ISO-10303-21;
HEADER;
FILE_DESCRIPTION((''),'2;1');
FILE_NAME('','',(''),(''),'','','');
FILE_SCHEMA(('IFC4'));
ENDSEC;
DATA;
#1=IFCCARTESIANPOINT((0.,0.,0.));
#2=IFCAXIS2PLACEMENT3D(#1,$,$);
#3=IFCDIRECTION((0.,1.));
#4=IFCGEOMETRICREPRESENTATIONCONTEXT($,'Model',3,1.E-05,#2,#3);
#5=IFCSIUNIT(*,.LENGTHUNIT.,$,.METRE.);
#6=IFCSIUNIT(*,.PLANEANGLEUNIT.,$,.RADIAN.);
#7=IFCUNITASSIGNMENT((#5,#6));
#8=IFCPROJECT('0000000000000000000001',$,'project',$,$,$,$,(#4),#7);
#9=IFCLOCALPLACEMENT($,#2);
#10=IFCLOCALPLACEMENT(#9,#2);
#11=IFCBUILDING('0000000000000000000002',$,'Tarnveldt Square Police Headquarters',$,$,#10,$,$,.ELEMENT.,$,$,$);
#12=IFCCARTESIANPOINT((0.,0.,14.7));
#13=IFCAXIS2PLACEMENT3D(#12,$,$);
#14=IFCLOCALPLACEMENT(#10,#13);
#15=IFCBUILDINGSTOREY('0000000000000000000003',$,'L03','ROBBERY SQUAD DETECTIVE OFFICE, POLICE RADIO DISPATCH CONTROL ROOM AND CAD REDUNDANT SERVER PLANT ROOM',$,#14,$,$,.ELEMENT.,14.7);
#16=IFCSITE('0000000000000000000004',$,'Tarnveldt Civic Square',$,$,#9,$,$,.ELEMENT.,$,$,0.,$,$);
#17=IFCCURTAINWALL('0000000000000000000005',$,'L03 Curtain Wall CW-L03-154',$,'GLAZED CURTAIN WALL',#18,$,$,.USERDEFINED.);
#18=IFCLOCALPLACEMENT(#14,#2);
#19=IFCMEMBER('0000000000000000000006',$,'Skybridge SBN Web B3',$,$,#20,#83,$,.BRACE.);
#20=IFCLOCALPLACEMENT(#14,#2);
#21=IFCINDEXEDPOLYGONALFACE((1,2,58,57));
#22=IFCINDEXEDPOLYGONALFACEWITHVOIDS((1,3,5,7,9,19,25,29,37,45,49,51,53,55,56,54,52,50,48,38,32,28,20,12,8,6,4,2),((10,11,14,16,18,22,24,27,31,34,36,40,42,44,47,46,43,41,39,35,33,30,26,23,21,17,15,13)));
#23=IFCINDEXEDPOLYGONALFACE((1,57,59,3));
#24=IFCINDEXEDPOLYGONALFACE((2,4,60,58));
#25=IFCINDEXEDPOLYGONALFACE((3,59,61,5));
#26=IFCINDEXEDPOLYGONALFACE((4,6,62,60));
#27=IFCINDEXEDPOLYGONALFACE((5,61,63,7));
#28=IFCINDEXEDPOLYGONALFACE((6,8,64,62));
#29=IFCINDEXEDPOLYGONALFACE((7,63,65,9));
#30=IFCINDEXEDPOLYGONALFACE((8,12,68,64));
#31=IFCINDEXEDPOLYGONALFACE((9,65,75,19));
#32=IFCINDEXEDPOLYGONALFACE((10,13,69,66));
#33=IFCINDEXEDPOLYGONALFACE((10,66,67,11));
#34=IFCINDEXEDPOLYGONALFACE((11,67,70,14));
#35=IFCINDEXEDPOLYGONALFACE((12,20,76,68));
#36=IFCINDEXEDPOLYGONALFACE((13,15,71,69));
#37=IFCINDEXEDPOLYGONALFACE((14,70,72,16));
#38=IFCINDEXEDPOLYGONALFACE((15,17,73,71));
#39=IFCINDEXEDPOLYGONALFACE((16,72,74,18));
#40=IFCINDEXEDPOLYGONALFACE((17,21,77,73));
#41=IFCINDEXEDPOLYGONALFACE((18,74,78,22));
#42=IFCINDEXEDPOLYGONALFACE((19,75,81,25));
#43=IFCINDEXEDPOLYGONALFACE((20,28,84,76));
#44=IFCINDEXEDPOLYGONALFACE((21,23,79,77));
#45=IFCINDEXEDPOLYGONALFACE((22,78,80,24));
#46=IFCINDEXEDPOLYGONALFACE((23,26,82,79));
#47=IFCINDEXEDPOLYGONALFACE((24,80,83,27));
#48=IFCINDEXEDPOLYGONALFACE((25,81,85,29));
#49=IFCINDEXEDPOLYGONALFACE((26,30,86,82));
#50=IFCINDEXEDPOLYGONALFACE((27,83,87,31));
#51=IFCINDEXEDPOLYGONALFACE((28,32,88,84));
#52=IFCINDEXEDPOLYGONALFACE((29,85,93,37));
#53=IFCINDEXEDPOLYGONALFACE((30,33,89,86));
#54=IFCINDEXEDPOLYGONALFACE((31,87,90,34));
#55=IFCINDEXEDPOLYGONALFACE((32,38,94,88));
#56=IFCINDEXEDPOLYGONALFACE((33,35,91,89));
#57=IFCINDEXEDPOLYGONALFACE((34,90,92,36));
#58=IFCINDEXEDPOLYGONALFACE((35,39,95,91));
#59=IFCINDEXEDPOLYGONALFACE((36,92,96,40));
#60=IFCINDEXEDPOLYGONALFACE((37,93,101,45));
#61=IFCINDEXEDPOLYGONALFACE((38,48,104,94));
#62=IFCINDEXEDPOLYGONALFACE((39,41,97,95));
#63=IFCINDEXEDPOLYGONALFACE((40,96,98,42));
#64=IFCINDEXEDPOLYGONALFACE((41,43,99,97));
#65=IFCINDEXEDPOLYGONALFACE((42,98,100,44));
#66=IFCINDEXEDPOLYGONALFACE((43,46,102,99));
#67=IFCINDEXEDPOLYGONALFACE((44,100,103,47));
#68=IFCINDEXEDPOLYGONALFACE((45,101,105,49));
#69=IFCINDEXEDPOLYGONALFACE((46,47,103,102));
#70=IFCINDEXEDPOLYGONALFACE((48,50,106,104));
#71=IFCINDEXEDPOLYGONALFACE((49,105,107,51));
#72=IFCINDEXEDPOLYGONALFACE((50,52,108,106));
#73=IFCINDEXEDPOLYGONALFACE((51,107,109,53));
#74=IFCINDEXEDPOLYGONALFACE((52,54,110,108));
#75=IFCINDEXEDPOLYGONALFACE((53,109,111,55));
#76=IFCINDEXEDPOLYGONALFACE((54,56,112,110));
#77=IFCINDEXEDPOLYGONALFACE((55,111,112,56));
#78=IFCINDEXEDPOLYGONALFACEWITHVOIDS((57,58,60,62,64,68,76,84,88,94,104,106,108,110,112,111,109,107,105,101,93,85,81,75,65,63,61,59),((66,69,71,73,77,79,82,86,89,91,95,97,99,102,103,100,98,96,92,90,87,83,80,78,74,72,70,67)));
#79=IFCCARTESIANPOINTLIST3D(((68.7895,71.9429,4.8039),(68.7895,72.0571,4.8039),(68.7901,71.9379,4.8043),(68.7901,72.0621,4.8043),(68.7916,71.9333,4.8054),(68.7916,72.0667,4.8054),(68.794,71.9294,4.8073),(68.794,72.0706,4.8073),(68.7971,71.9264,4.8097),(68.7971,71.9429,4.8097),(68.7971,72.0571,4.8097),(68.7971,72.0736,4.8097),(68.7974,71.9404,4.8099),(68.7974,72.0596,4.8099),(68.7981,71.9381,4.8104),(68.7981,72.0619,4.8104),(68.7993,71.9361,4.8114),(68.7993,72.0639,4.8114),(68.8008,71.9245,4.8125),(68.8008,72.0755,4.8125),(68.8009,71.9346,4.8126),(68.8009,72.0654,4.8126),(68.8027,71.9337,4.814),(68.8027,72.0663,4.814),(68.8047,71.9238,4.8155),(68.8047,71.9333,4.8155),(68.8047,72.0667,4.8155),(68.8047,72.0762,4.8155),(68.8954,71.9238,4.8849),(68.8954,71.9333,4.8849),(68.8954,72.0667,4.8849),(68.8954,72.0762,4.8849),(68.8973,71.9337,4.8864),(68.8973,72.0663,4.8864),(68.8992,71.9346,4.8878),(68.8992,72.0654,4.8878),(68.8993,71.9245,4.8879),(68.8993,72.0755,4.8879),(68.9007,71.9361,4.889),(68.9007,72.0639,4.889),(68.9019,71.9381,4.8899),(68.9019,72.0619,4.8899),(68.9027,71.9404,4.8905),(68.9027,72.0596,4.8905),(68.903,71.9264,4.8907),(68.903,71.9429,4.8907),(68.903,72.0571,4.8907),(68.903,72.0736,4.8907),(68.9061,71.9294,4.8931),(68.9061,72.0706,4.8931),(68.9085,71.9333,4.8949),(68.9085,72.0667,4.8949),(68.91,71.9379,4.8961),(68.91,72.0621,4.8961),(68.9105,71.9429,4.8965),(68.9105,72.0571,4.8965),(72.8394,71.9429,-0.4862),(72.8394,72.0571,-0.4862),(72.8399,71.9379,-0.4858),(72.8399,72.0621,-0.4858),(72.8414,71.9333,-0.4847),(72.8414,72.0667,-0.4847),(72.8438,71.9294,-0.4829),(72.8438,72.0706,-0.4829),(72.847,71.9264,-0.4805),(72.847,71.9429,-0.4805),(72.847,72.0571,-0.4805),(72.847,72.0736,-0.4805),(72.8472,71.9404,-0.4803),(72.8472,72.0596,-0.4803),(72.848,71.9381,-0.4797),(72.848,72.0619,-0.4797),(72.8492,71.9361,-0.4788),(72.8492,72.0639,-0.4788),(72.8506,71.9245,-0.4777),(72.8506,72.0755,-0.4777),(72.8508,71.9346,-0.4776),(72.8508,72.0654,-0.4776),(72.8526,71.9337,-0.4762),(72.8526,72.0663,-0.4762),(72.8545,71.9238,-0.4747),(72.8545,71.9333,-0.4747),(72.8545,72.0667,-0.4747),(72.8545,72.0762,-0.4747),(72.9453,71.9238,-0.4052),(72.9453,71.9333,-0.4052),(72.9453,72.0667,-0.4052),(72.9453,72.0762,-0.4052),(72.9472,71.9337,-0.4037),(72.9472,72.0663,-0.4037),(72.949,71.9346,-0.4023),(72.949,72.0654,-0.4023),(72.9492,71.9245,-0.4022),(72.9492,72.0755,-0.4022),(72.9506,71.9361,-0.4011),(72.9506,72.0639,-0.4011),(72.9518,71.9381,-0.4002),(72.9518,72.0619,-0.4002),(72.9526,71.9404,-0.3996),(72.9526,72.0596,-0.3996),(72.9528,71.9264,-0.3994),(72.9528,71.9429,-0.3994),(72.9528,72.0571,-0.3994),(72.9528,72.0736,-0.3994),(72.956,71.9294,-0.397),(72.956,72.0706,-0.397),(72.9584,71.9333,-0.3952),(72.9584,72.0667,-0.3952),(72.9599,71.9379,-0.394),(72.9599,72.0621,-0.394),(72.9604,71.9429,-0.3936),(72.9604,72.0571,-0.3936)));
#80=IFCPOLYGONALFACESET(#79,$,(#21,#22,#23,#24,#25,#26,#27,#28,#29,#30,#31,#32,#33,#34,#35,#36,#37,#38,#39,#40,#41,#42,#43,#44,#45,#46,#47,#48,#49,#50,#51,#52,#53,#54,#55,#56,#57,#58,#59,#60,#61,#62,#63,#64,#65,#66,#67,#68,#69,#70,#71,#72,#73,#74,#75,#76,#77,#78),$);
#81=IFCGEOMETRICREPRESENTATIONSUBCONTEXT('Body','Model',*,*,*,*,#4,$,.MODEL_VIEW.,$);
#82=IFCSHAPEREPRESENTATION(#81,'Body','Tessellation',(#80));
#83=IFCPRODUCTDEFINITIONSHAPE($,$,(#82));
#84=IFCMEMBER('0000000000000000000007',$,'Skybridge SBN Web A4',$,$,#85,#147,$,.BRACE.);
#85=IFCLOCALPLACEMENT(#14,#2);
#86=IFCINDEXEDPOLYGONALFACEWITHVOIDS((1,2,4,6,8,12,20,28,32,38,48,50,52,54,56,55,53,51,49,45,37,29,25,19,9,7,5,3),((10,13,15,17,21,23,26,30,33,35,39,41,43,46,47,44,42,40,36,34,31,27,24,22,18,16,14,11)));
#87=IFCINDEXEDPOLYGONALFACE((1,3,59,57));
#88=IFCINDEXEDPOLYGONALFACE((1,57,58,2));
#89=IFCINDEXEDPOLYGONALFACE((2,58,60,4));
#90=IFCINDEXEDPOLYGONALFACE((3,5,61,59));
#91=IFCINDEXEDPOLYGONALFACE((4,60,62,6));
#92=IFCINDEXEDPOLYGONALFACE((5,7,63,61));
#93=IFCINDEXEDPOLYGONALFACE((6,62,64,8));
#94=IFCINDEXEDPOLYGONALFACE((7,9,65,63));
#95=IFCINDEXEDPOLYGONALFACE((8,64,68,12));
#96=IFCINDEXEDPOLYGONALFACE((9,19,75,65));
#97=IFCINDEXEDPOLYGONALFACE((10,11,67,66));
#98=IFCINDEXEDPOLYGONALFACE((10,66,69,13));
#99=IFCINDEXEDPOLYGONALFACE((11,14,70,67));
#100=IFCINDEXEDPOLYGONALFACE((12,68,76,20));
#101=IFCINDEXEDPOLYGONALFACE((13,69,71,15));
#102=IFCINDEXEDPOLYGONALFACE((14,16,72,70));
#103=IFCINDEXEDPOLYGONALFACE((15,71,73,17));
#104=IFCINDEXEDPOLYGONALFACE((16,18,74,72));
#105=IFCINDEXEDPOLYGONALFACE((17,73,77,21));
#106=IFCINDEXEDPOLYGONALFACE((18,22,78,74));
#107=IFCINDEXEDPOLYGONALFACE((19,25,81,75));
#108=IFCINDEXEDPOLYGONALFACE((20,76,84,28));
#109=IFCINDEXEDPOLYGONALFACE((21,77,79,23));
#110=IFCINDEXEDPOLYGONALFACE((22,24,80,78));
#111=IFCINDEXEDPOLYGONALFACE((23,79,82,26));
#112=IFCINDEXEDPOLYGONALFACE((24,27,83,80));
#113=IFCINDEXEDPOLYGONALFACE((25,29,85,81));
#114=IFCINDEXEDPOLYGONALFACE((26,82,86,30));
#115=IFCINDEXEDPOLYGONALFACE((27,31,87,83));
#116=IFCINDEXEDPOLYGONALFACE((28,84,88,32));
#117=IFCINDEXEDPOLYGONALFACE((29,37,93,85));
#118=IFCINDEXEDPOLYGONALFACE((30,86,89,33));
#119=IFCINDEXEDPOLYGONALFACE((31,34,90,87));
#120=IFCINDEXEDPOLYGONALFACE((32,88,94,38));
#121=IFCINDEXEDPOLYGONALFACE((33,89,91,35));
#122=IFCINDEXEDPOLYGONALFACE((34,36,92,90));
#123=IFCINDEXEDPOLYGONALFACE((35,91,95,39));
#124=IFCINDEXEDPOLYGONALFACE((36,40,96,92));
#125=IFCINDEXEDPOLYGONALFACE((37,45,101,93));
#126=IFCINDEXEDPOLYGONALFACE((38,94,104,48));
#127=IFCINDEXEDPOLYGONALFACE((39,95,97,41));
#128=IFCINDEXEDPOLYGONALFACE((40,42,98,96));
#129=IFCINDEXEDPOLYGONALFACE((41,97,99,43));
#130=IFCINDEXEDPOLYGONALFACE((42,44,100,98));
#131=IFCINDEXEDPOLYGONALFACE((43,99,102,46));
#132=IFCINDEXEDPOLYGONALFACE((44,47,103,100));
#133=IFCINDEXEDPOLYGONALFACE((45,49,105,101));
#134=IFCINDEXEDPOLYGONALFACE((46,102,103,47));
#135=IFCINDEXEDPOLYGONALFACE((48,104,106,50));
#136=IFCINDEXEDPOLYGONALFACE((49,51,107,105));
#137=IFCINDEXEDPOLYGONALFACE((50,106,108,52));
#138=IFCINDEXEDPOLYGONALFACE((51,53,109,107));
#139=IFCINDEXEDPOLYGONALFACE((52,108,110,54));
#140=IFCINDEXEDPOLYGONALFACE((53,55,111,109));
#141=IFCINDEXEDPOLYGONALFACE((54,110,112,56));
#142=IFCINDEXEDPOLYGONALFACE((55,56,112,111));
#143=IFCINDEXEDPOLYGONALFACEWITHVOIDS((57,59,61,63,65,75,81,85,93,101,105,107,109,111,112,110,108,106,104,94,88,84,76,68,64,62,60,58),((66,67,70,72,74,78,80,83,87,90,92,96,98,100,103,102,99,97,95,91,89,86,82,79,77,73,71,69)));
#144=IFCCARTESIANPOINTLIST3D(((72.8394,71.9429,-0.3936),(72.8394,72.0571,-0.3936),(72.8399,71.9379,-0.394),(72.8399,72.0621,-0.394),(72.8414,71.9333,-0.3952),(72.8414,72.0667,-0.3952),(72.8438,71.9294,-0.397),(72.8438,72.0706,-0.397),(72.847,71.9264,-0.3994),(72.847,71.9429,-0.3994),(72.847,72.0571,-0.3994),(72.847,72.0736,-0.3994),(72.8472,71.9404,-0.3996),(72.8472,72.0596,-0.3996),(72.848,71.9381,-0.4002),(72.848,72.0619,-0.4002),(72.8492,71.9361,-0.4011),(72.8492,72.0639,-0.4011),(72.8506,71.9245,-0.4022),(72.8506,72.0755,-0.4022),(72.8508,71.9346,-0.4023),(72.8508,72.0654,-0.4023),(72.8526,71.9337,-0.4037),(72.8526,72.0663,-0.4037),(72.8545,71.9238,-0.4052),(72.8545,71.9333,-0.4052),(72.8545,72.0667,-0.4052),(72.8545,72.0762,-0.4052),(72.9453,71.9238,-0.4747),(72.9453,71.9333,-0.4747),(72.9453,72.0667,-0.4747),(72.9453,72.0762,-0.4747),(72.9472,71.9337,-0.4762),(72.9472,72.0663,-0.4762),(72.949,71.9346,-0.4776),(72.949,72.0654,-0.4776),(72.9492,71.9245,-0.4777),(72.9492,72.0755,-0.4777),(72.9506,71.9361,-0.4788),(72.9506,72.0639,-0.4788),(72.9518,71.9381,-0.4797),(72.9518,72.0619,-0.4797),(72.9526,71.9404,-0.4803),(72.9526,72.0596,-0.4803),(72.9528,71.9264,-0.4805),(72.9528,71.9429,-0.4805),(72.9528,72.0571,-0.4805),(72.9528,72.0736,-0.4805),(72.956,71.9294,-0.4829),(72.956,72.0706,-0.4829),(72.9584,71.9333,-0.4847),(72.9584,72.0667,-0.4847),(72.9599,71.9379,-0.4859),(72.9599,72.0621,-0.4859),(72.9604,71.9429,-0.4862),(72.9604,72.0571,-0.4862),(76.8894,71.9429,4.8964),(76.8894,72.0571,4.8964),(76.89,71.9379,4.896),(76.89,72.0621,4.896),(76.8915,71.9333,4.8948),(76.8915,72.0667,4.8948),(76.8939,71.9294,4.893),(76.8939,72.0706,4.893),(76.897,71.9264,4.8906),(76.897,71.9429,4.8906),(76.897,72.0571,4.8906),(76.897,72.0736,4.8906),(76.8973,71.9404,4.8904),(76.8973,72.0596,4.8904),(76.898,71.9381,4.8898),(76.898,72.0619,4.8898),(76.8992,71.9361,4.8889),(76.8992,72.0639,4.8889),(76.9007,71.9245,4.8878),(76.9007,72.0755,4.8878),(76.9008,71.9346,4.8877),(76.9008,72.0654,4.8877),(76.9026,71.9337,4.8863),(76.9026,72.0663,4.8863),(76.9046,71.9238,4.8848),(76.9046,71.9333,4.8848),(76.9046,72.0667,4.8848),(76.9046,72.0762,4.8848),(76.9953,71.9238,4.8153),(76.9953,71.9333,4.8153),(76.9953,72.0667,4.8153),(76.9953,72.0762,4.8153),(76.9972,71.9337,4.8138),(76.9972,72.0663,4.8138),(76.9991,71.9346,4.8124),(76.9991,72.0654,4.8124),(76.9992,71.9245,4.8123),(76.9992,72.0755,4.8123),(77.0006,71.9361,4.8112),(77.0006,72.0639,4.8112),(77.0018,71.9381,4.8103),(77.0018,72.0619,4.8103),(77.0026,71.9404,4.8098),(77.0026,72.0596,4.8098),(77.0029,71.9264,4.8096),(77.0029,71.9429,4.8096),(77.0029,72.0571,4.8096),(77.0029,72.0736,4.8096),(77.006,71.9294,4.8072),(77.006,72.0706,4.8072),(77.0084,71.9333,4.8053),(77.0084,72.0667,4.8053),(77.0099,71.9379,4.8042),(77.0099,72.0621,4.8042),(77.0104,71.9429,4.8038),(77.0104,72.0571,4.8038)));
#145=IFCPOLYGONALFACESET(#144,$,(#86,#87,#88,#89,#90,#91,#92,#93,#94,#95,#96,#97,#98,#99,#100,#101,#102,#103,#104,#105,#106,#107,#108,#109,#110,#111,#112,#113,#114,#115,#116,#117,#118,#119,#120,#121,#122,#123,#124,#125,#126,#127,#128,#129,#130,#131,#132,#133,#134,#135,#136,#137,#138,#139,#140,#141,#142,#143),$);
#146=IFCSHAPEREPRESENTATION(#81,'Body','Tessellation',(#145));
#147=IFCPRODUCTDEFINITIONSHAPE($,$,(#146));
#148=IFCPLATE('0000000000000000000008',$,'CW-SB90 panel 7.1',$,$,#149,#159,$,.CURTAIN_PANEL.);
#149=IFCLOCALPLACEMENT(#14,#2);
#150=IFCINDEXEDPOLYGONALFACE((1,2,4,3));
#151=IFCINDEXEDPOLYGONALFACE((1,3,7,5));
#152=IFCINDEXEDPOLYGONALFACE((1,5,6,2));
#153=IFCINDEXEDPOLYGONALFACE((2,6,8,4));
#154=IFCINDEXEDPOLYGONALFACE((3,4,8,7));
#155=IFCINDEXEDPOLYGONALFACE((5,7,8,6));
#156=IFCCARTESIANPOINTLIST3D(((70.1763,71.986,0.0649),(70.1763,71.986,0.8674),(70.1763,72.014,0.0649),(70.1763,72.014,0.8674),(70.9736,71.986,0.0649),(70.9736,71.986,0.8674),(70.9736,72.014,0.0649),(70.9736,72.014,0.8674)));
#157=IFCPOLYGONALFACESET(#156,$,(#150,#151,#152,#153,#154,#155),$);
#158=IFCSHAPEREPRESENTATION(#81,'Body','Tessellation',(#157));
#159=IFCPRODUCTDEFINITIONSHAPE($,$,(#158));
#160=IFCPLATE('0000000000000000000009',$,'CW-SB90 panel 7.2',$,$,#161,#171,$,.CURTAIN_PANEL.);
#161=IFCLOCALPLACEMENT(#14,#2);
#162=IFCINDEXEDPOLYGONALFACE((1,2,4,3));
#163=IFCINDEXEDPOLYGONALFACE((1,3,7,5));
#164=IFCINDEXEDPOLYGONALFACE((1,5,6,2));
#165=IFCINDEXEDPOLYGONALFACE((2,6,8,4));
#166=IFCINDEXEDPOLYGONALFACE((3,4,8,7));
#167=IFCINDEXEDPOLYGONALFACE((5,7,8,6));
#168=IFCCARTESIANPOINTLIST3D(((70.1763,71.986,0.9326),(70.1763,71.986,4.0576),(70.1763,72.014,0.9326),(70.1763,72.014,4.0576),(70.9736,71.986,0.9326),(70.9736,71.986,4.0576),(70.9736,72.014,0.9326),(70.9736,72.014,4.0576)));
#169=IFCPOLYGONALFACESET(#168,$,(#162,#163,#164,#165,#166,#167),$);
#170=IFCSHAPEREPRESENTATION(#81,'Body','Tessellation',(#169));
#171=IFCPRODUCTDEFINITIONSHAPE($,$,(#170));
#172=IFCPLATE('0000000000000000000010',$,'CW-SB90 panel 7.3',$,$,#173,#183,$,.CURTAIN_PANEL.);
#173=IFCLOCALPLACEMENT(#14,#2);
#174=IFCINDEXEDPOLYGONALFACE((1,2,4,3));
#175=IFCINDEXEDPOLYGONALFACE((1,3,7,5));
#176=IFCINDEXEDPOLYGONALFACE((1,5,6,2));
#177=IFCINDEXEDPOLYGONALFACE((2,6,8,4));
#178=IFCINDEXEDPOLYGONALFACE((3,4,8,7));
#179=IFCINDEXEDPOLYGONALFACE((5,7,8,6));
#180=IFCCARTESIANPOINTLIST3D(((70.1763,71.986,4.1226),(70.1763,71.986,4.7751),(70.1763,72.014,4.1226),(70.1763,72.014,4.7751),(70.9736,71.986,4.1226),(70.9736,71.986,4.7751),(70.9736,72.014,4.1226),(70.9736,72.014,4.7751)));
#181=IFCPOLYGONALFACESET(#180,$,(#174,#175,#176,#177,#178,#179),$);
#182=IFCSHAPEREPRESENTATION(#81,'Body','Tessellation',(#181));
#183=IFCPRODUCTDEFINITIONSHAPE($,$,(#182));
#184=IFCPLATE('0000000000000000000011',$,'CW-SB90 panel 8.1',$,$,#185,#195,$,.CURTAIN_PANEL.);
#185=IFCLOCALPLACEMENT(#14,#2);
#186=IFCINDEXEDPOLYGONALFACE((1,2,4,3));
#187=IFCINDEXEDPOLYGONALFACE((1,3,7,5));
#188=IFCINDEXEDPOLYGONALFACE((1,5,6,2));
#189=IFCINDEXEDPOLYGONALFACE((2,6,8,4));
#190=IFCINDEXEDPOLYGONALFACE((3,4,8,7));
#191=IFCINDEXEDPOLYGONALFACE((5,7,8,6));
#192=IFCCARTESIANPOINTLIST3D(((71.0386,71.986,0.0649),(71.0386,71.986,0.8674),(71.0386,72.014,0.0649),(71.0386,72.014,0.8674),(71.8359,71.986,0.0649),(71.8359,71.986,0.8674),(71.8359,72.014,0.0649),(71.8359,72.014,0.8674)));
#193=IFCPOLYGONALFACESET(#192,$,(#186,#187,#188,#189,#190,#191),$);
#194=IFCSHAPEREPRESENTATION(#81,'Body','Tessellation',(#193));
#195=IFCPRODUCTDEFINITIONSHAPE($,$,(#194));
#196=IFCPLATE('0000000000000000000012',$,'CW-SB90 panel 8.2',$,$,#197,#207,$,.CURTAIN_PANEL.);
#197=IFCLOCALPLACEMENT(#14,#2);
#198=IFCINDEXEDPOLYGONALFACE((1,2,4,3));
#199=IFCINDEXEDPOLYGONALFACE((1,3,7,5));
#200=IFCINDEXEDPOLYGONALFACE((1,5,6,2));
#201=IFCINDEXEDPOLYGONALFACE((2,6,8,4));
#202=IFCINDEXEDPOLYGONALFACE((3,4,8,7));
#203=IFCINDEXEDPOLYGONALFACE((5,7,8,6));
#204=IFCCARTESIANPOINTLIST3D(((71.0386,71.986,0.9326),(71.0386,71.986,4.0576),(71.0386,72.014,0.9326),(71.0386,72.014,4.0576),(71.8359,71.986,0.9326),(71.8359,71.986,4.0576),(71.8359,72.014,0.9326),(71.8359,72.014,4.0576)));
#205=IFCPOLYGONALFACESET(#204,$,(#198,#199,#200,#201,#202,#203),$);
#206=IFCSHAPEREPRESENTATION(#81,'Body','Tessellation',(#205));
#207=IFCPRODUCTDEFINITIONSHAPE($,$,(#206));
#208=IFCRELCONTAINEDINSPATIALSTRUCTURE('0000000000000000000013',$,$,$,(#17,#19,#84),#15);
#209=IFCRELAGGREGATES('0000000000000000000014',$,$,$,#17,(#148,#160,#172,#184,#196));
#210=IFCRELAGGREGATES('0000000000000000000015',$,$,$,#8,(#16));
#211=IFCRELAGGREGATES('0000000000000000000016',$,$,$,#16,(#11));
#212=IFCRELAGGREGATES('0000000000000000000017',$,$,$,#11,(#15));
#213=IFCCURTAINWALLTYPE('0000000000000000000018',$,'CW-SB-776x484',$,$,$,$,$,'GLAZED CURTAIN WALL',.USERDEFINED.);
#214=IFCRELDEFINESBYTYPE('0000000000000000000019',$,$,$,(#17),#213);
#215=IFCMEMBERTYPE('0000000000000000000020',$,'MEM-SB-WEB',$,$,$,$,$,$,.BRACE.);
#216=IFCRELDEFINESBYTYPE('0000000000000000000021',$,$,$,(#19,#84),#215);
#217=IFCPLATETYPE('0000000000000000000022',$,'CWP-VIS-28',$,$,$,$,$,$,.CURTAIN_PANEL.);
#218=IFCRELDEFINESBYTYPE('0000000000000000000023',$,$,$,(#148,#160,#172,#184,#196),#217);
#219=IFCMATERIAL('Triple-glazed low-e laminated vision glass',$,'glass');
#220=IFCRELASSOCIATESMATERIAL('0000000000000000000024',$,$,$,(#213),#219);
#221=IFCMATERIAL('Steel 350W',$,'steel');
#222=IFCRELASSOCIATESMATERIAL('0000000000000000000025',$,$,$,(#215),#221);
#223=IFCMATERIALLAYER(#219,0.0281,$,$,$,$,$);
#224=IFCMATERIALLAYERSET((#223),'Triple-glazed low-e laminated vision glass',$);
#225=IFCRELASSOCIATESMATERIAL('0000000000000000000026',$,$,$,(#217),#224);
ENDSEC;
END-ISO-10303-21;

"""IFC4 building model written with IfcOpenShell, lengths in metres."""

from ifc_helpers import new_model, si_unit, direction, frame, origin, origin_2d, place, context, subcontext, project, spatial, rectangle, hollow_rectangle, extrude, material, layer, layer_set, material_profile, profile_set, type_object, element, aggregate, save


model = new_model("IFC4")

# Units and contexts
model_context = context("Model", 3, precision=1e-05, world=origin(), true_north=direction((0.0, 1.0)))
body_context = subcontext(model_context, "Body", "Model", "MODEL_VIEW")
ifc_project = project(units=[si_unit("LENGTHUNIT", "METRE"), si_unit("PLANEANGLEUNIT", "RADIAN")], contexts=[model_context])

# Site, building, storey
site_placement = place(None, origin())
site = spatial("IfcSite", under=ifc_project, at=site_placement, Name="Tarnveldt Civic Square", CompositionType="ELEMENT", RefElevation=0.0)
building_placement = place(site_placement, origin())
building = spatial("IfcBuilding", under=site, at=building_placement, Name="Tarnveldt Square Police Headquarters", CompositionType="ELEMENT")
storey_placement = place(building_placement, frame((0.0, 0.0, 14.7)))
storey = spatial("IfcBuildingStorey", under=building, at=storey_placement, Name="L03", Description="ROBBERY SQUAD DETECTIVE OFFICE, POLICE RADIO DISPATCH CONTROL ROOM AND CAD REDUNDANT SERVER PLANT ROOM", CompositionType="ELEMENT", Elevation=14.7)

# Shared definitions
ifc_material_1 = material(Name="Steel 350W", Category="steel")

# Curtain wall
ifc_material_2 = material(Name="Triple-glazed low-e laminated vision glass", Category="glass")
curtain_wall_type = type_object("IfcCurtainWallType", Name="CW-SB-776x484", ElementType="GLAZED CURTAIN WALL", PredefinedType="USERDEFINED", material=ifc_material_2)
curtain_wall_1_placement = place(storey_placement, origin())
curtain_wall_1 = element("IfcCurtainWall", 1, at=curtain_wall_1_placement, inside=storey, type_object=curtain_wall_type, Name="L03 Curtain Wall CW-L03-154", ObjectType="GLAZED CURTAIN WALL", PredefinedType="USERDEFINED")

# Members
ifc_material_profile_1 = material_profile(ifc_material_1, hollow_rectangle(XDim=0.1523, YDim=0.1523, WallThickness=0.0095, InnerFilletRadius=0.0095, OuterFilletRadius=0.019, at=origin_2d()), Name="HSS152x152x9.5")
ifc_profile_set_1 = profile_set([ifc_material_profile_1], Name="Steel 350W")
member_type_1 = type_object("IfcMemberType", Name="MEM-SB-WEB", PredefinedType="BRACE", material=ifc_profile_set_1)
for number, where, z_axis, x_axis, name in (
    (2, (72.8999, 72.0, -0.4399), (-0.607874, 0.0, 0.794033), (0.0, -1.0, 0.0), "Skybridge SBN Web B3"),
    (3, (72.8999, 72.0, -0.4399), (0.607898, 0.0, 0.794016), (0.0, 1.0, 0.0), "Skybridge SBN Web A4"),
):
    element("IfcMember", number, at=place(storey_placement, frame(where, z_axis=z_axis, x_axis=x_axis)), inside=storey, type_object=member_type_1, Name=name, PredefinedType="BRACE", context=body_context, shape_type="SweptSolid", body=[
        extrude(hollow_rectangle(XDim=0.1523, YDim=0.1523, WallThickness=0.0095, InnerFilletRadius=0.0095, OuterFilletRadius=0.019, at=origin_2d()), origin(), (0.0, 0.0, 1.0), 6.6624),
    ])

# Plates
ifc_layer = layer(ifc_material_2, 0.0281)
ifc_layer_set = layer_set([ifc_layer], Name="Triple-glazed low-e laminated vision glass")
plate_type = type_object("IfcPlateType", Name="CWP-VIS-28", PredefinedType="CURTAIN_PANEL", material=ifc_layer_set)
plate_1_placement = place(storey_placement, frame((70.575, 72.0, 0.0649), z_axis=(0.0, 0.0, 1.0), x_axis=(1.0, 0.0, 0.0)))
plate_1 = element("IfcPlate", 4, at=plate_1_placement, type_object=plate_type, Name="CW-SB90 panel 7.1", PredefinedType="CURTAIN_PANEL", context=body_context, shape_type="SweptSolid", body=[
    extrude(rectangle(XDim=0.7974, YDim=0.0281, at=origin_2d()), origin(), (0.0, 0.0, 1.0), 0.8025),
])
plate_2_placement = place(storey_placement, frame((70.575, 72.0, 0.9326), z_axis=(0.0, 0.0, 1.0), x_axis=(1.0, 0.0, 0.0)))
plate_2 = element("IfcPlate", 5, at=plate_2_placement, type_object=plate_type, Name="CW-SB90 panel 7.2", PredefinedType="CURTAIN_PANEL", context=body_context, shape_type="SweptSolid", body=[
    extrude(rectangle(XDim=0.7974, YDim=0.0281, at=origin_2d()), origin(), (0.0, 0.0, 1.0), 3.125),
])
plate_3_placement = place(storey_placement, frame((70.575, 72.0, 4.1226), z_axis=(0.0, 0.0, 1.0), x_axis=(1.0, 0.0, 0.0)))
plate_3 = element("IfcPlate", 6, at=plate_3_placement, type_object=plate_type, Name="CW-SB90 panel 7.3", PredefinedType="CURTAIN_PANEL", context=body_context, shape_type="SweptSolid", body=[
    extrude(rectangle(XDim=0.7974, YDim=0.0281, at=origin_2d()), origin(), (0.0, 0.0, 1.0), 0.6526),
])
plate_4_placement = place(storey_placement, frame((71.4373, 72.0, 0.0649), z_axis=(0.0, 0.0, 1.0), x_axis=(1.0, 0.0, 0.0)))
plate_4 = element("IfcPlate", 7, at=plate_4_placement, type_object=plate_type, Name="CW-SB90 panel 8.1", PredefinedType="CURTAIN_PANEL", context=body_context, shape_type="SweptSolid", body=[
    extrude(rectangle(XDim=0.7974, YDim=0.0281, at=origin_2d()), origin(), (0.0, 0.0, 1.0), 0.8025),
])
plate_5_placement = place(storey_placement, frame((71.4373, 72.0, 0.9326), z_axis=(0.0, 0.0, 1.0), x_axis=(1.0, 0.0, 0.0)))
plate_5 = element("IfcPlate", 8, at=plate_5_placement, type_object=plate_type, Name="CW-SB90 panel 8.2", PredefinedType="CURTAIN_PANEL", context=body_context, shape_type="SweptSolid", body=[
    extrude(rectangle(XDim=0.7974, YDim=0.0281, at=origin_2d()), origin(), (0.0, 0.0, 1.0), 3.125),
])
aggregate(curtain_wall_1, [plate_1, plate_2, plate_3, plate_4, plate_5])

save(model, "model.ifc")
